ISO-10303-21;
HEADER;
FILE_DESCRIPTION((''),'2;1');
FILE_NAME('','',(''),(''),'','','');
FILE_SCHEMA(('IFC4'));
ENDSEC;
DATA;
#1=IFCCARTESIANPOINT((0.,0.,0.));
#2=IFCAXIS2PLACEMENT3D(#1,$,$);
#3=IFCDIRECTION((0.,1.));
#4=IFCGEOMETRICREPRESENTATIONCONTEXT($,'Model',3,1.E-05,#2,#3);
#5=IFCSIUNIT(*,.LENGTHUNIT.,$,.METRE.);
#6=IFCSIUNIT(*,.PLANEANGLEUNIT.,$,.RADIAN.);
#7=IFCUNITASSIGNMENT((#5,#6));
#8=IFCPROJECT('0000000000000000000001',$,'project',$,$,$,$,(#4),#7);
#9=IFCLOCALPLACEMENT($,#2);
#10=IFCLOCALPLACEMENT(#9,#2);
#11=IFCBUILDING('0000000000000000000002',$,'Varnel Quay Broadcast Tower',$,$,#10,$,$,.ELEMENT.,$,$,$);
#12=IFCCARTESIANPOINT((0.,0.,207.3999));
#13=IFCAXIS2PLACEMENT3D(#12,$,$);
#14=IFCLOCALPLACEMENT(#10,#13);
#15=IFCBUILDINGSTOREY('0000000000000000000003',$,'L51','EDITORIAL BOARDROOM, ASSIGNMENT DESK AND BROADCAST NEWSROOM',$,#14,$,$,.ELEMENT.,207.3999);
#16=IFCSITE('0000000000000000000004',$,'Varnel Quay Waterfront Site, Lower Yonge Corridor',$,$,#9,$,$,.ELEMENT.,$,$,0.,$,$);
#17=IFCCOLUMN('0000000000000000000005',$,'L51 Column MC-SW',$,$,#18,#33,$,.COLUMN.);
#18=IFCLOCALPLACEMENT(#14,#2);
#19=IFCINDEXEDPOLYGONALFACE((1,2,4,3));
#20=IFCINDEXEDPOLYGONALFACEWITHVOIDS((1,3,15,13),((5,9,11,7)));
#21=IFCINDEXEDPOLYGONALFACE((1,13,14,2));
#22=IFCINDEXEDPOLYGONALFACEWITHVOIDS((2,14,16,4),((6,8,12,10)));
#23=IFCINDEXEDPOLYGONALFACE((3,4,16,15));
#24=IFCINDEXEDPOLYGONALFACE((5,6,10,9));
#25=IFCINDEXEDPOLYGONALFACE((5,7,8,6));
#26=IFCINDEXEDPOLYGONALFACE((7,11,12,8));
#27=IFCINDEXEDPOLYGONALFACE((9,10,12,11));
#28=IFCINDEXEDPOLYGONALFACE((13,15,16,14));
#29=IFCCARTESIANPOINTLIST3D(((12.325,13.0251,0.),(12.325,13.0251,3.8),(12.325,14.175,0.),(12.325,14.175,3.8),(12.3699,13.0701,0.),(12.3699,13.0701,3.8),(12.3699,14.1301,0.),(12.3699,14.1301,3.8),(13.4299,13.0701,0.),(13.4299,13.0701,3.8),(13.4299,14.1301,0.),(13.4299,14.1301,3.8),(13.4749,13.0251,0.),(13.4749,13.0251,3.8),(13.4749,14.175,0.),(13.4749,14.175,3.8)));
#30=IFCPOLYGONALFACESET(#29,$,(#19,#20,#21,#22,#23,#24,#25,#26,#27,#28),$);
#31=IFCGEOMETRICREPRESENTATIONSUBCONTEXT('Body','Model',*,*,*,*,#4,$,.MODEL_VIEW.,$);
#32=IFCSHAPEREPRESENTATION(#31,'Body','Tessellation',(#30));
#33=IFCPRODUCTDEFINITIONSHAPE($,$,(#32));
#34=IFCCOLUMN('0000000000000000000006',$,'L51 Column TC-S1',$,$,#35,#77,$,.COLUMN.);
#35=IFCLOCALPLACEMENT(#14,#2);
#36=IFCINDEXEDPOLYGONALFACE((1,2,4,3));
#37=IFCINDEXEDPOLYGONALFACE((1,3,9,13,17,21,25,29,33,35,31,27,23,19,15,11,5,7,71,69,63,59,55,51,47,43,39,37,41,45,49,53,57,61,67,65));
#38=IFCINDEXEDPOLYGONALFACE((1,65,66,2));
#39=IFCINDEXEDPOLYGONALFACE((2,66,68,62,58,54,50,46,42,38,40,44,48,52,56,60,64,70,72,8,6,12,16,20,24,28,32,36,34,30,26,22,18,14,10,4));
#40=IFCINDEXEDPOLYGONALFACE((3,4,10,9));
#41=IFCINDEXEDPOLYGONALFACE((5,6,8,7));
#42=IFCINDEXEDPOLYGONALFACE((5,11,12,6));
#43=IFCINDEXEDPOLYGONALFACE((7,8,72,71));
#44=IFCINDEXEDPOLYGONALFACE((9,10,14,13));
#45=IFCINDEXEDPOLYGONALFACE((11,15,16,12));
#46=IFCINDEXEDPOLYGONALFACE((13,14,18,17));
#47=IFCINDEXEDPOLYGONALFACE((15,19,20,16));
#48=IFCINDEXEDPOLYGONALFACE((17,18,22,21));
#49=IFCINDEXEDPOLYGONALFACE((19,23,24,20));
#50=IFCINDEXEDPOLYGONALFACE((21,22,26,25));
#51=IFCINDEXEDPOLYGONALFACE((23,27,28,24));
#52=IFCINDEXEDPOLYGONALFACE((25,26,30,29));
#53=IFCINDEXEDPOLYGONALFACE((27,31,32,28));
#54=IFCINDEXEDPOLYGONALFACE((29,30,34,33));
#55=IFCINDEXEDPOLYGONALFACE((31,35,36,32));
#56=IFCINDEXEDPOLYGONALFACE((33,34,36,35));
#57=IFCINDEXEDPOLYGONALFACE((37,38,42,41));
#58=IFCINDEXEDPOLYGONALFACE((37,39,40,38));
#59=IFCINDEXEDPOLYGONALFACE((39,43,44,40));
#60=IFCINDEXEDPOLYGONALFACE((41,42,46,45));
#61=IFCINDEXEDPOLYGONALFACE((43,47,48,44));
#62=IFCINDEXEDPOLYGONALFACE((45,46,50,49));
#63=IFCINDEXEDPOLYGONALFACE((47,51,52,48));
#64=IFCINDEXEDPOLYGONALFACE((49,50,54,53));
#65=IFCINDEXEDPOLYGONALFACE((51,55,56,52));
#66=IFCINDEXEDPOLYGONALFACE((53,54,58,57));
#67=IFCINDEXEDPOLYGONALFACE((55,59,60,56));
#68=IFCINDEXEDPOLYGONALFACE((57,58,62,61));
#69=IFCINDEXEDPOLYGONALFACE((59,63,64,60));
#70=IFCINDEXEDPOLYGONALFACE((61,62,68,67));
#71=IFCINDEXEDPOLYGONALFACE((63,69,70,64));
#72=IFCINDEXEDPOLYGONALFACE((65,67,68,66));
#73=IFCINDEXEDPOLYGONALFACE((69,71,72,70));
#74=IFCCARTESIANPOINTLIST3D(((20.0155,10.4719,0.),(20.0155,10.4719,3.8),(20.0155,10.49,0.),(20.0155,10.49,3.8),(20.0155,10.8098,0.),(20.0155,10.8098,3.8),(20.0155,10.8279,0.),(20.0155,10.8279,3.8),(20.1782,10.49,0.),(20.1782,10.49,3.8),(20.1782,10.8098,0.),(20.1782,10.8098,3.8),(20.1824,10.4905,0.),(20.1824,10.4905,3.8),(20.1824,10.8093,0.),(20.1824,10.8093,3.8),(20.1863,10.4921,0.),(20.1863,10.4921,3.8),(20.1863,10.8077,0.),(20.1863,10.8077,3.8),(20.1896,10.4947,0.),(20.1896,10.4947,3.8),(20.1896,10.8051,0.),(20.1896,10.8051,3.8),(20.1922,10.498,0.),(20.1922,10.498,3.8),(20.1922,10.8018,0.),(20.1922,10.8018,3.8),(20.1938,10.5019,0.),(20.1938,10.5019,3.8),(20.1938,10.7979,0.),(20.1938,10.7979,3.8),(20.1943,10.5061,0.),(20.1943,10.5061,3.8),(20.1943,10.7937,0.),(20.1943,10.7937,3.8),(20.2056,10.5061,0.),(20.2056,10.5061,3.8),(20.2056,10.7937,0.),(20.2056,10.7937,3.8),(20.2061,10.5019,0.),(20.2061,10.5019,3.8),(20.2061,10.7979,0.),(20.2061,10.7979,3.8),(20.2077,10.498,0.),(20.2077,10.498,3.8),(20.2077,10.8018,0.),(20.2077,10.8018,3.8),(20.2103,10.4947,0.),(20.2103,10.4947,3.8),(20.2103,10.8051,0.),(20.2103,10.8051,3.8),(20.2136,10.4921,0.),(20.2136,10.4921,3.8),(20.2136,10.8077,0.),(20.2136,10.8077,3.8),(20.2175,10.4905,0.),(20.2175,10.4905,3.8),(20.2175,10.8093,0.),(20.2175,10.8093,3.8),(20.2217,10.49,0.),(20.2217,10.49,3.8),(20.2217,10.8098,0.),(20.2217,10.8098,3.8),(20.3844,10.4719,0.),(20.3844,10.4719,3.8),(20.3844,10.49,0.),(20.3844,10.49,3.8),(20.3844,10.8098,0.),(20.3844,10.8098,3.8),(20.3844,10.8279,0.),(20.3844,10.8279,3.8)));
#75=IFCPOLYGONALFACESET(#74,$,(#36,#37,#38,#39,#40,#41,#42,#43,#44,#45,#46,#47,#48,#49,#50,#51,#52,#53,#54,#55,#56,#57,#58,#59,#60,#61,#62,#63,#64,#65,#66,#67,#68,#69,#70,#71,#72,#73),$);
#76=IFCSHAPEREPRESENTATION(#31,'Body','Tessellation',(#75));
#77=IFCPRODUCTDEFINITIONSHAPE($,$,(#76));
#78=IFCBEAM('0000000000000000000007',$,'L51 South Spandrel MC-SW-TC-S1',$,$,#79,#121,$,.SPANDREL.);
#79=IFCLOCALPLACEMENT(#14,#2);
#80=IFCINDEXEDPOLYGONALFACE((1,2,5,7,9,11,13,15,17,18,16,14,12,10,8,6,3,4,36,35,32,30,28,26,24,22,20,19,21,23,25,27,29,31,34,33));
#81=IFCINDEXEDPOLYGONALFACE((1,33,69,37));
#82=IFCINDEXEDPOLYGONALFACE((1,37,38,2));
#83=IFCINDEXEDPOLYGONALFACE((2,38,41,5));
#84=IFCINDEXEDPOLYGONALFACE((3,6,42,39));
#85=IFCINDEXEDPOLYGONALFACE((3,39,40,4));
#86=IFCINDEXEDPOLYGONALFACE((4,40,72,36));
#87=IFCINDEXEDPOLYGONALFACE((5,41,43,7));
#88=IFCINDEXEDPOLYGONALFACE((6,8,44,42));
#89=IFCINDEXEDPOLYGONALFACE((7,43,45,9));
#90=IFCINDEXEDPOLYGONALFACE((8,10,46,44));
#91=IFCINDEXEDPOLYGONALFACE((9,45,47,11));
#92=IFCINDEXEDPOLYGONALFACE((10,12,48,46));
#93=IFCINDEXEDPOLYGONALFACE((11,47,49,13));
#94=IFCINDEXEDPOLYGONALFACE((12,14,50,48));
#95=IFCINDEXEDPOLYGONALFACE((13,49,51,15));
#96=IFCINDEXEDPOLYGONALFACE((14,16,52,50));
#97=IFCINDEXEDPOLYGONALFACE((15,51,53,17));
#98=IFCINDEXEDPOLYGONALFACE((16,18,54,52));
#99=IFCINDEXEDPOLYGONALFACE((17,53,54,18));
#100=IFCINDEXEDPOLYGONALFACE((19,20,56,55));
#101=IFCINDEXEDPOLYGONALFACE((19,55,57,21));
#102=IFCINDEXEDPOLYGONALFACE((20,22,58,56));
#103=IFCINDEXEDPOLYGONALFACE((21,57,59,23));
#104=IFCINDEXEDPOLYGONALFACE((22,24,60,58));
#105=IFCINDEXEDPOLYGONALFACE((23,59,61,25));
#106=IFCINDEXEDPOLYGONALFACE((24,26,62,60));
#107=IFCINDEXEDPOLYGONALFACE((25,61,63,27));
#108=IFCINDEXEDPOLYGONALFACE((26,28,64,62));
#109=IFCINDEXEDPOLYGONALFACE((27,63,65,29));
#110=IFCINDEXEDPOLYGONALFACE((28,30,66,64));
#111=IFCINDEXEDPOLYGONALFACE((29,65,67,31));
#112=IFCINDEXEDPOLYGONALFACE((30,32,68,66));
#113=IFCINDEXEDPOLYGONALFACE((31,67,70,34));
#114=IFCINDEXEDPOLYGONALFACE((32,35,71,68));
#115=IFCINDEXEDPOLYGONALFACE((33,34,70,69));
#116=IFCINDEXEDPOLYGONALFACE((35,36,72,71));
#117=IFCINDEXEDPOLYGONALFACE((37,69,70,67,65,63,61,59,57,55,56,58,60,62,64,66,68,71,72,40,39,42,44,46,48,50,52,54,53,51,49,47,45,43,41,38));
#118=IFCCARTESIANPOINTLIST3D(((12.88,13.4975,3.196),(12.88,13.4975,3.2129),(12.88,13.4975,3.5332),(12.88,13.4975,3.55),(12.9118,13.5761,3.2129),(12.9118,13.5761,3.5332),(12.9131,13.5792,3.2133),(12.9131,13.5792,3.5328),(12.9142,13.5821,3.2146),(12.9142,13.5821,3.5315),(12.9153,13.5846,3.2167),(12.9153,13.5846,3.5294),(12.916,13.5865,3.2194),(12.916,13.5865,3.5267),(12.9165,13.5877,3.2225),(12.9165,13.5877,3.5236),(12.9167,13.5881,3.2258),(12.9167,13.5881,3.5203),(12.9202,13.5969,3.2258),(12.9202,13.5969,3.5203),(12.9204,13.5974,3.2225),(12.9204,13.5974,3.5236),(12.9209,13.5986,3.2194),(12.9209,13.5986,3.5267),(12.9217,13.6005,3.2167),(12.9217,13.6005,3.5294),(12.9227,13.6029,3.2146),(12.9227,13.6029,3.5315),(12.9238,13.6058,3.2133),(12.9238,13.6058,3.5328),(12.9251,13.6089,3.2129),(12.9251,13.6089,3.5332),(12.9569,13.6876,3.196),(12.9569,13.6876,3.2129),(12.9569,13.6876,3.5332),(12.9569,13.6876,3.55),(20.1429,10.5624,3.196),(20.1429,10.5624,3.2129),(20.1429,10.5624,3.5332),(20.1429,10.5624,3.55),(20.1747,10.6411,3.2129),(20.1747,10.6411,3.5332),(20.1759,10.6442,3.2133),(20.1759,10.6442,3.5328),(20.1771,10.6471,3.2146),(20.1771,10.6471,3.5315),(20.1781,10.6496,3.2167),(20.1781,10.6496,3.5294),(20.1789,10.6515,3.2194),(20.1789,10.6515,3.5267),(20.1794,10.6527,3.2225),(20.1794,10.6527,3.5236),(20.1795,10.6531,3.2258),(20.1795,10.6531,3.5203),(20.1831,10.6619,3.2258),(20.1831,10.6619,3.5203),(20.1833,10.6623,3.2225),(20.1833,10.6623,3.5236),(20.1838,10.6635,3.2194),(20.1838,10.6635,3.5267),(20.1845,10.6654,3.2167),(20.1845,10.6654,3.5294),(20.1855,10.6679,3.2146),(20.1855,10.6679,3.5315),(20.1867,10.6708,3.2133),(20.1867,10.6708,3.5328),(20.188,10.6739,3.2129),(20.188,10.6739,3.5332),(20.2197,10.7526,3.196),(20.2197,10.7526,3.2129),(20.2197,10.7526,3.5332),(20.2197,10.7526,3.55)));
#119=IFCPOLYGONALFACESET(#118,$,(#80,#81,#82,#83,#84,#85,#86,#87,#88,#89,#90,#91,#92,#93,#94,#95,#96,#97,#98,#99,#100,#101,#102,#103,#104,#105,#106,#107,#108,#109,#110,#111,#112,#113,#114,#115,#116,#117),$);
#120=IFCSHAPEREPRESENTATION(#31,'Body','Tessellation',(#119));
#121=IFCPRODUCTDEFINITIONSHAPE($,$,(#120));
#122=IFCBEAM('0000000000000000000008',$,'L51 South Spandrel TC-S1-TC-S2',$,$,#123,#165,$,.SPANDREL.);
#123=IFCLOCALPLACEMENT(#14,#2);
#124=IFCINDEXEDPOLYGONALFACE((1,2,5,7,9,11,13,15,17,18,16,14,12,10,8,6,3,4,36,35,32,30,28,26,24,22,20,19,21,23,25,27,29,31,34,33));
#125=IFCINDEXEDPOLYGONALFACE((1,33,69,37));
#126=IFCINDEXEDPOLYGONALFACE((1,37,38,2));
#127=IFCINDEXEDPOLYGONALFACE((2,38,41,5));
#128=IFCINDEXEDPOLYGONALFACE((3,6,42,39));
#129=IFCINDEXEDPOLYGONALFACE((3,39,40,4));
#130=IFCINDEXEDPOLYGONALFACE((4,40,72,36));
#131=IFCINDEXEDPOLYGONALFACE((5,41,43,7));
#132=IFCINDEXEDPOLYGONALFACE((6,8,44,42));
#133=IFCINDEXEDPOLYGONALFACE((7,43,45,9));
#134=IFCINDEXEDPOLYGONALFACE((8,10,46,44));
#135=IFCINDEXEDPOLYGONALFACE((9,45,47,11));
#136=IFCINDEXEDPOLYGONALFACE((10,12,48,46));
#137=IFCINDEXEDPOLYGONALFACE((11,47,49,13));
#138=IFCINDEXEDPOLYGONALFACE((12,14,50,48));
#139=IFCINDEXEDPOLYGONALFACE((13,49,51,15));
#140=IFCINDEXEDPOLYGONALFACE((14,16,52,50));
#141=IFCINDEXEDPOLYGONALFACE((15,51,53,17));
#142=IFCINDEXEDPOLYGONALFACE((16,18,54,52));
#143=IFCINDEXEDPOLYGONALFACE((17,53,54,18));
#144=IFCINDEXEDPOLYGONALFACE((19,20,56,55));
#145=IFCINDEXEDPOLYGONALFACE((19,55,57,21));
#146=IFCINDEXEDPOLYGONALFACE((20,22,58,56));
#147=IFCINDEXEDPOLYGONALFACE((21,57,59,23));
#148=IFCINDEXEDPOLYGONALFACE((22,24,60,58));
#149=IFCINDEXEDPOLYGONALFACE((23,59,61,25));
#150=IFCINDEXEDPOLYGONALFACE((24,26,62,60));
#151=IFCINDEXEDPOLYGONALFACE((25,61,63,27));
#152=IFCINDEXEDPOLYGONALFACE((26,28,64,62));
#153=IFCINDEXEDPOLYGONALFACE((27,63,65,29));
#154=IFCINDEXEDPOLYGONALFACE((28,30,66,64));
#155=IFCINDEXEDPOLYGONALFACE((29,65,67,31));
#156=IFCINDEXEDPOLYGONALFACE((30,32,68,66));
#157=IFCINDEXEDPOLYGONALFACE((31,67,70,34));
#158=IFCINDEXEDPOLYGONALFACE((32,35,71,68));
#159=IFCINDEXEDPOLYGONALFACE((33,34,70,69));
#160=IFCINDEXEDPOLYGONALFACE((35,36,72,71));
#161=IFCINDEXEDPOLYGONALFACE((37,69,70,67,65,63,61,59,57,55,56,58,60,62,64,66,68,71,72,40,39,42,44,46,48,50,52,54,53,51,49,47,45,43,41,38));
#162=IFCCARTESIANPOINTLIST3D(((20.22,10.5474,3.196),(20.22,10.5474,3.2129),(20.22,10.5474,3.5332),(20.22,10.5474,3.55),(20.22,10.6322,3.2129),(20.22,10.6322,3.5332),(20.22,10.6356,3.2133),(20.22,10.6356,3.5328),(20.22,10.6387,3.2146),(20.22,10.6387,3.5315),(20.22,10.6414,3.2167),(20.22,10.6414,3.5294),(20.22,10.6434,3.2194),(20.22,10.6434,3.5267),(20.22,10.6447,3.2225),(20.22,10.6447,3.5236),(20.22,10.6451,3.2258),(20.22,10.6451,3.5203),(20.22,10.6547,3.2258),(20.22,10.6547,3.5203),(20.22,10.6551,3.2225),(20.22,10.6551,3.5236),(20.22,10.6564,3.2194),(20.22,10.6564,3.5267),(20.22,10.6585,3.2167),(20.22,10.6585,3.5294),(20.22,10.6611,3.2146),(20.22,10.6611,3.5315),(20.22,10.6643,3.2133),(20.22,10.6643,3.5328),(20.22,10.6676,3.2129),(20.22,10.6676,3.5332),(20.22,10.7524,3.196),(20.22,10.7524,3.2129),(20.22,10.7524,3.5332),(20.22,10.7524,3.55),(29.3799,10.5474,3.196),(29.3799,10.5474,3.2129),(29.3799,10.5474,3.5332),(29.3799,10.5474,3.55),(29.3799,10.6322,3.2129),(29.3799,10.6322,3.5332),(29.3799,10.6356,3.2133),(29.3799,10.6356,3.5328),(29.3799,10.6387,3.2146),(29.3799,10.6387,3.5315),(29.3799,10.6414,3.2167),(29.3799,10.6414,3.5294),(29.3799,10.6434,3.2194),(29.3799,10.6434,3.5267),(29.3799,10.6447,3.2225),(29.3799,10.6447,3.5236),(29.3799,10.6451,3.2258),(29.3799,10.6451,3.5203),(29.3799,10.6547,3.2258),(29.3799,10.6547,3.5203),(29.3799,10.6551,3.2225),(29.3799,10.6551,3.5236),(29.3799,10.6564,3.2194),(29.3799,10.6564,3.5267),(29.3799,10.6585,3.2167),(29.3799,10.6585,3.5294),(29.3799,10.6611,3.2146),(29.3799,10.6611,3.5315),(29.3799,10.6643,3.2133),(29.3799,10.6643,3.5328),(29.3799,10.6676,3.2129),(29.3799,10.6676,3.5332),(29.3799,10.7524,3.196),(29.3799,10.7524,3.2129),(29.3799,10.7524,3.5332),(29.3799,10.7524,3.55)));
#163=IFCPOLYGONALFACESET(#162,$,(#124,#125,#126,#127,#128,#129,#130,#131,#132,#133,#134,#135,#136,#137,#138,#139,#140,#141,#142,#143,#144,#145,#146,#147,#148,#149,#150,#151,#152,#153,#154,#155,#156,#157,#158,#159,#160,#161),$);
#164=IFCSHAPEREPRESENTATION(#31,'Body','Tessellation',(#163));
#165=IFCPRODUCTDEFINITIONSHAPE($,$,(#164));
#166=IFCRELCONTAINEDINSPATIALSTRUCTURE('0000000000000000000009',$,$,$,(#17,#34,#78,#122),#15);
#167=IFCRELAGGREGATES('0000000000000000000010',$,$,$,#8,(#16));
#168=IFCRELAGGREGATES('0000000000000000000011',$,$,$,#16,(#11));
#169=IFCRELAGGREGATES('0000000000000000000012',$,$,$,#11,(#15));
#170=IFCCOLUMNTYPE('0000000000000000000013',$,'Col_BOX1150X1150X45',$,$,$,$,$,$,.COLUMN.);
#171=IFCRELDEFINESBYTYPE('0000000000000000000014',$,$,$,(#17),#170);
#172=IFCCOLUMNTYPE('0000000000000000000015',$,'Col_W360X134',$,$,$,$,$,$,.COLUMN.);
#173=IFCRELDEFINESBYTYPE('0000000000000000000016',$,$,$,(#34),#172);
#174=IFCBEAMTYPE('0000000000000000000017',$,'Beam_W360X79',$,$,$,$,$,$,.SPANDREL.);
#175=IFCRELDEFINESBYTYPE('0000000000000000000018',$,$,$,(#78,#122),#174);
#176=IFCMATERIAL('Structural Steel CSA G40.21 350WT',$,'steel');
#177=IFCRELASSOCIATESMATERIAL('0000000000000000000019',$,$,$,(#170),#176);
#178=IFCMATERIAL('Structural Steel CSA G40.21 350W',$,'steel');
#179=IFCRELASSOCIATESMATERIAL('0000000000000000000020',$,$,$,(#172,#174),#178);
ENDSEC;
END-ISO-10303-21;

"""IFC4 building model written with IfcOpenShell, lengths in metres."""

from ifc_helpers import new_model, si_unit, direction, frame, origin, origin_2d, place, context, subcontext, project, spatial, hollow_rectangle, i_section, extrude, source, transform, mapped, material, material_profile, profile_set, type_object, type_shapes, element, save


model = new_model("IFC4")

# Units and contexts
model_context = context("Model", 3, precision=1e-05, world=origin(), true_north=direction((0.0, 1.0)))
body_context = subcontext(model_context, "Body", "Model", "MODEL_VIEW")
ifc_project = project(units=[si_unit("LENGTHUNIT", "METRE"), si_unit("PLANEANGLEUNIT", "RADIAN")], contexts=[model_context])

# Site, building, storey
site_placement = place(None, origin())
site = spatial("IfcSite", under=ifc_project, at=site_placement, Name="Varnel Quay Waterfront Site, Lower Yonge Corridor", CompositionType="ELEMENT", RefElevation=0.0)
building_placement = place(site_placement, origin())
building = spatial("IfcBuilding", under=site, at=building_placement, Name="Varnel Quay Broadcast Tower", CompositionType="ELEMENT")
storey_placement = place(building_placement, frame((0.0, 0.0, 207.3999)))
storey = spatial("IfcBuildingStorey", under=building, at=storey_placement, Name="L51", Description="EDITORIAL BOARDROOM, ASSIGNMENT DESK AND BROADCAST NEWSROOM", CompositionType="ELEMENT", Elevation=207.3999)

# Columns
ifc_material_1 = material(Name="Structural Steel CSA G40.21 350WT", Category="steel")
ifc_material_profile_1 = material_profile(ifc_material_1, hollow_rectangle(XDim=1.1499, YDim=1.1499, WallThickness=0.0449, at=origin_2d()), Name="BOX1150X1150X45")
ifc_profile_set_1 = profile_set([ifc_material_profile_1], Name="Structural Steel CSA G40.21 350WT")
column_type_1 = type_object("IfcColumnType", Name="Col_BOX1150X1150X45", PredefinedType="COLUMN", material=ifc_profile_set_1)
shared_shape_1 = source(origin(), body_context, "Body", "SweptSolid", [
    extrude(hollow_rectangle(XDim=1.1499, YDim=1.1499, WallThickness=0.0449, at=origin_2d()), origin(), (0.0, 0.0, 1.0), 3.8),
])
type_shapes(column_type_1, [shared_shape_1])
column_1_placement = place(storey_placement, frame((12.8999, 13.6001, 0.0), z_axis=(0.0, 0.0, 1.0), x_axis=(1.0, 0.0, 0.0)))
element("IfcColumn", 1, at=column_1_placement, inside=storey, type_object=column_type_1, Name="L51 Column MC-SW", PredefinedType="COLUMN", context=body_context, shape_type="MappedRepresentation", body=[
    mapped(shared_shape_1, transform((0.0, 0.0, 0.0), x_axis=(1.0, 0.0, 0.0), y_axis=(0.0, 1.0, 0.0), z_axis=(0.0, 0.0, 1.0), scale=1.0)),
])
ifc_material_2 = material(Name="Structural Steel CSA G40.21 350W", Category="steel")
ifc_material_profile_2 = material_profile(ifc_material_2, i_section(OverallWidth=0.3689, OverallDepth=0.356, WebThickness=0.0112, FlangeThickness=0.0181, FilletRadius=0.0161, at=origin_2d()), Name="W360X134")
ifc_profile_set_2 = profile_set([ifc_material_profile_2], Name="Structural Steel CSA G40.21 350W")
column_type_2 = type_object("IfcColumnType", Name="Col_W360X134", PredefinedType="COLUMN", material=ifc_profile_set_2)
shared_shape_2 = source(origin(), body_context, "Body", "SweptSolid", [
    extrude(i_section(OverallWidth=0.3689, OverallDepth=0.356, WebThickness=0.0112, FlangeThickness=0.0181, FilletRadius=0.0161, at=origin_2d()), origin(), (0.0, 0.0, 1.0), 3.8),
])
type_shapes(column_type_2, [shared_shape_2])
column_2_placement = place(storey_placement, frame((20.2, 10.6499, 0.0), z_axis=(0.0, 0.0, 1.0), x_axis=(1.0, 0.0, 0.0)))
element("IfcColumn", 2, at=column_2_placement, inside=storey, type_object=column_type_2, Name="L51 Column TC-S1", PredefinedType="COLUMN", context=body_context, shape_type="MappedRepresentation", body=[
    mapped(shared_shape_2, transform((0.0, 0.0, 0.0), x_axis=(1.0, 0.0, 0.0), y_axis=(0.0, 1.0, 0.0), z_axis=(0.0, 0.0, 1.0), scale=1.0)),
])

# Beams
ifc_material_profile_3 = material_profile(ifc_material_2, i_section(OverallWidth=0.2051, OverallDepth=0.354, WebThickness=0.0095, FlangeThickness=0.0168, FilletRadius=0.0129, at=origin_2d()), Name="W360X79")
ifc_profile_set_3 = profile_set([ifc_material_profile_3], Name="Structural Steel CSA G40.21 350W")
beam_type_1 = type_object("IfcBeamType", Name="Beam_W360X79", PredefinedType="SPANDREL", material=ifc_profile_set_3)
shared_shape_3 = source(origin(), body_context, "Body", "SweptSolid", [
    extrude(i_section(OverallWidth=0.2051, OverallDepth=0.354, WebThickness=0.0095, FlangeThickness=0.0168, FilletRadius=0.0129, at=origin_2d()), origin(), (0.0, 0.0, 1.0), 7.8335),
])
beam_1_placement = place(storey_placement, frame((12.9185, 13.5925, 3.373), z_axis=(0.927155, -0.374677, 0.0), x_axis=(0.374677, 0.927155, 0.0)))
element("IfcBeam", 3, at=beam_1_placement, inside=storey, type_object=beam_type_1, Name="L51 South Spandrel MC-SW-TC-S1", PredefinedType="SPANDREL", context=body_context, shape_type="MappedRepresentation", body=[
    mapped(shared_shape_3, transform((0.0, 0.0, 0.0), x_axis=(1.0, 0.0, 0.0), y_axis=(0.0, 1.0, 0.0), z_axis=(0.0, 0.0, 1.0), scale=1.0)),
])
shared_shape_4 = source(origin(), body_context, "Body", "SweptSolid", [
    extrude(i_section(OverallWidth=0.2051, OverallDepth=0.354, WebThickness=0.0095, FlangeThickness=0.0168, FilletRadius=0.0129, at=origin_2d()), origin(), (0.0, 0.0, 1.0), 9.1599),
])
beam_2_placement = place(storey_placement, frame((20.22, 10.6499, 3.373), z_axis=(1.0, 0.0, 0.0), x_axis=(0.0, 1.0, 0.0)))
element("IfcBeam", 4, at=beam_2_placement, inside=storey, type_object=beam_type_1, Name="L51 South Spandrel TC-S1-TC-S2", PredefinedType="SPANDREL", context=body_context, shape_type="MappedRepresentation", body=[
    mapped(shared_shape_4, transform((0.0, 0.0, 0.0), x_axis=(1.0, 0.0, 0.0), y_axis=(0.0, 1.0, 0.0), z_axis=(0.0, 0.0, 1.0), scale=1.0)),
])

save(model, "model.ifc")
